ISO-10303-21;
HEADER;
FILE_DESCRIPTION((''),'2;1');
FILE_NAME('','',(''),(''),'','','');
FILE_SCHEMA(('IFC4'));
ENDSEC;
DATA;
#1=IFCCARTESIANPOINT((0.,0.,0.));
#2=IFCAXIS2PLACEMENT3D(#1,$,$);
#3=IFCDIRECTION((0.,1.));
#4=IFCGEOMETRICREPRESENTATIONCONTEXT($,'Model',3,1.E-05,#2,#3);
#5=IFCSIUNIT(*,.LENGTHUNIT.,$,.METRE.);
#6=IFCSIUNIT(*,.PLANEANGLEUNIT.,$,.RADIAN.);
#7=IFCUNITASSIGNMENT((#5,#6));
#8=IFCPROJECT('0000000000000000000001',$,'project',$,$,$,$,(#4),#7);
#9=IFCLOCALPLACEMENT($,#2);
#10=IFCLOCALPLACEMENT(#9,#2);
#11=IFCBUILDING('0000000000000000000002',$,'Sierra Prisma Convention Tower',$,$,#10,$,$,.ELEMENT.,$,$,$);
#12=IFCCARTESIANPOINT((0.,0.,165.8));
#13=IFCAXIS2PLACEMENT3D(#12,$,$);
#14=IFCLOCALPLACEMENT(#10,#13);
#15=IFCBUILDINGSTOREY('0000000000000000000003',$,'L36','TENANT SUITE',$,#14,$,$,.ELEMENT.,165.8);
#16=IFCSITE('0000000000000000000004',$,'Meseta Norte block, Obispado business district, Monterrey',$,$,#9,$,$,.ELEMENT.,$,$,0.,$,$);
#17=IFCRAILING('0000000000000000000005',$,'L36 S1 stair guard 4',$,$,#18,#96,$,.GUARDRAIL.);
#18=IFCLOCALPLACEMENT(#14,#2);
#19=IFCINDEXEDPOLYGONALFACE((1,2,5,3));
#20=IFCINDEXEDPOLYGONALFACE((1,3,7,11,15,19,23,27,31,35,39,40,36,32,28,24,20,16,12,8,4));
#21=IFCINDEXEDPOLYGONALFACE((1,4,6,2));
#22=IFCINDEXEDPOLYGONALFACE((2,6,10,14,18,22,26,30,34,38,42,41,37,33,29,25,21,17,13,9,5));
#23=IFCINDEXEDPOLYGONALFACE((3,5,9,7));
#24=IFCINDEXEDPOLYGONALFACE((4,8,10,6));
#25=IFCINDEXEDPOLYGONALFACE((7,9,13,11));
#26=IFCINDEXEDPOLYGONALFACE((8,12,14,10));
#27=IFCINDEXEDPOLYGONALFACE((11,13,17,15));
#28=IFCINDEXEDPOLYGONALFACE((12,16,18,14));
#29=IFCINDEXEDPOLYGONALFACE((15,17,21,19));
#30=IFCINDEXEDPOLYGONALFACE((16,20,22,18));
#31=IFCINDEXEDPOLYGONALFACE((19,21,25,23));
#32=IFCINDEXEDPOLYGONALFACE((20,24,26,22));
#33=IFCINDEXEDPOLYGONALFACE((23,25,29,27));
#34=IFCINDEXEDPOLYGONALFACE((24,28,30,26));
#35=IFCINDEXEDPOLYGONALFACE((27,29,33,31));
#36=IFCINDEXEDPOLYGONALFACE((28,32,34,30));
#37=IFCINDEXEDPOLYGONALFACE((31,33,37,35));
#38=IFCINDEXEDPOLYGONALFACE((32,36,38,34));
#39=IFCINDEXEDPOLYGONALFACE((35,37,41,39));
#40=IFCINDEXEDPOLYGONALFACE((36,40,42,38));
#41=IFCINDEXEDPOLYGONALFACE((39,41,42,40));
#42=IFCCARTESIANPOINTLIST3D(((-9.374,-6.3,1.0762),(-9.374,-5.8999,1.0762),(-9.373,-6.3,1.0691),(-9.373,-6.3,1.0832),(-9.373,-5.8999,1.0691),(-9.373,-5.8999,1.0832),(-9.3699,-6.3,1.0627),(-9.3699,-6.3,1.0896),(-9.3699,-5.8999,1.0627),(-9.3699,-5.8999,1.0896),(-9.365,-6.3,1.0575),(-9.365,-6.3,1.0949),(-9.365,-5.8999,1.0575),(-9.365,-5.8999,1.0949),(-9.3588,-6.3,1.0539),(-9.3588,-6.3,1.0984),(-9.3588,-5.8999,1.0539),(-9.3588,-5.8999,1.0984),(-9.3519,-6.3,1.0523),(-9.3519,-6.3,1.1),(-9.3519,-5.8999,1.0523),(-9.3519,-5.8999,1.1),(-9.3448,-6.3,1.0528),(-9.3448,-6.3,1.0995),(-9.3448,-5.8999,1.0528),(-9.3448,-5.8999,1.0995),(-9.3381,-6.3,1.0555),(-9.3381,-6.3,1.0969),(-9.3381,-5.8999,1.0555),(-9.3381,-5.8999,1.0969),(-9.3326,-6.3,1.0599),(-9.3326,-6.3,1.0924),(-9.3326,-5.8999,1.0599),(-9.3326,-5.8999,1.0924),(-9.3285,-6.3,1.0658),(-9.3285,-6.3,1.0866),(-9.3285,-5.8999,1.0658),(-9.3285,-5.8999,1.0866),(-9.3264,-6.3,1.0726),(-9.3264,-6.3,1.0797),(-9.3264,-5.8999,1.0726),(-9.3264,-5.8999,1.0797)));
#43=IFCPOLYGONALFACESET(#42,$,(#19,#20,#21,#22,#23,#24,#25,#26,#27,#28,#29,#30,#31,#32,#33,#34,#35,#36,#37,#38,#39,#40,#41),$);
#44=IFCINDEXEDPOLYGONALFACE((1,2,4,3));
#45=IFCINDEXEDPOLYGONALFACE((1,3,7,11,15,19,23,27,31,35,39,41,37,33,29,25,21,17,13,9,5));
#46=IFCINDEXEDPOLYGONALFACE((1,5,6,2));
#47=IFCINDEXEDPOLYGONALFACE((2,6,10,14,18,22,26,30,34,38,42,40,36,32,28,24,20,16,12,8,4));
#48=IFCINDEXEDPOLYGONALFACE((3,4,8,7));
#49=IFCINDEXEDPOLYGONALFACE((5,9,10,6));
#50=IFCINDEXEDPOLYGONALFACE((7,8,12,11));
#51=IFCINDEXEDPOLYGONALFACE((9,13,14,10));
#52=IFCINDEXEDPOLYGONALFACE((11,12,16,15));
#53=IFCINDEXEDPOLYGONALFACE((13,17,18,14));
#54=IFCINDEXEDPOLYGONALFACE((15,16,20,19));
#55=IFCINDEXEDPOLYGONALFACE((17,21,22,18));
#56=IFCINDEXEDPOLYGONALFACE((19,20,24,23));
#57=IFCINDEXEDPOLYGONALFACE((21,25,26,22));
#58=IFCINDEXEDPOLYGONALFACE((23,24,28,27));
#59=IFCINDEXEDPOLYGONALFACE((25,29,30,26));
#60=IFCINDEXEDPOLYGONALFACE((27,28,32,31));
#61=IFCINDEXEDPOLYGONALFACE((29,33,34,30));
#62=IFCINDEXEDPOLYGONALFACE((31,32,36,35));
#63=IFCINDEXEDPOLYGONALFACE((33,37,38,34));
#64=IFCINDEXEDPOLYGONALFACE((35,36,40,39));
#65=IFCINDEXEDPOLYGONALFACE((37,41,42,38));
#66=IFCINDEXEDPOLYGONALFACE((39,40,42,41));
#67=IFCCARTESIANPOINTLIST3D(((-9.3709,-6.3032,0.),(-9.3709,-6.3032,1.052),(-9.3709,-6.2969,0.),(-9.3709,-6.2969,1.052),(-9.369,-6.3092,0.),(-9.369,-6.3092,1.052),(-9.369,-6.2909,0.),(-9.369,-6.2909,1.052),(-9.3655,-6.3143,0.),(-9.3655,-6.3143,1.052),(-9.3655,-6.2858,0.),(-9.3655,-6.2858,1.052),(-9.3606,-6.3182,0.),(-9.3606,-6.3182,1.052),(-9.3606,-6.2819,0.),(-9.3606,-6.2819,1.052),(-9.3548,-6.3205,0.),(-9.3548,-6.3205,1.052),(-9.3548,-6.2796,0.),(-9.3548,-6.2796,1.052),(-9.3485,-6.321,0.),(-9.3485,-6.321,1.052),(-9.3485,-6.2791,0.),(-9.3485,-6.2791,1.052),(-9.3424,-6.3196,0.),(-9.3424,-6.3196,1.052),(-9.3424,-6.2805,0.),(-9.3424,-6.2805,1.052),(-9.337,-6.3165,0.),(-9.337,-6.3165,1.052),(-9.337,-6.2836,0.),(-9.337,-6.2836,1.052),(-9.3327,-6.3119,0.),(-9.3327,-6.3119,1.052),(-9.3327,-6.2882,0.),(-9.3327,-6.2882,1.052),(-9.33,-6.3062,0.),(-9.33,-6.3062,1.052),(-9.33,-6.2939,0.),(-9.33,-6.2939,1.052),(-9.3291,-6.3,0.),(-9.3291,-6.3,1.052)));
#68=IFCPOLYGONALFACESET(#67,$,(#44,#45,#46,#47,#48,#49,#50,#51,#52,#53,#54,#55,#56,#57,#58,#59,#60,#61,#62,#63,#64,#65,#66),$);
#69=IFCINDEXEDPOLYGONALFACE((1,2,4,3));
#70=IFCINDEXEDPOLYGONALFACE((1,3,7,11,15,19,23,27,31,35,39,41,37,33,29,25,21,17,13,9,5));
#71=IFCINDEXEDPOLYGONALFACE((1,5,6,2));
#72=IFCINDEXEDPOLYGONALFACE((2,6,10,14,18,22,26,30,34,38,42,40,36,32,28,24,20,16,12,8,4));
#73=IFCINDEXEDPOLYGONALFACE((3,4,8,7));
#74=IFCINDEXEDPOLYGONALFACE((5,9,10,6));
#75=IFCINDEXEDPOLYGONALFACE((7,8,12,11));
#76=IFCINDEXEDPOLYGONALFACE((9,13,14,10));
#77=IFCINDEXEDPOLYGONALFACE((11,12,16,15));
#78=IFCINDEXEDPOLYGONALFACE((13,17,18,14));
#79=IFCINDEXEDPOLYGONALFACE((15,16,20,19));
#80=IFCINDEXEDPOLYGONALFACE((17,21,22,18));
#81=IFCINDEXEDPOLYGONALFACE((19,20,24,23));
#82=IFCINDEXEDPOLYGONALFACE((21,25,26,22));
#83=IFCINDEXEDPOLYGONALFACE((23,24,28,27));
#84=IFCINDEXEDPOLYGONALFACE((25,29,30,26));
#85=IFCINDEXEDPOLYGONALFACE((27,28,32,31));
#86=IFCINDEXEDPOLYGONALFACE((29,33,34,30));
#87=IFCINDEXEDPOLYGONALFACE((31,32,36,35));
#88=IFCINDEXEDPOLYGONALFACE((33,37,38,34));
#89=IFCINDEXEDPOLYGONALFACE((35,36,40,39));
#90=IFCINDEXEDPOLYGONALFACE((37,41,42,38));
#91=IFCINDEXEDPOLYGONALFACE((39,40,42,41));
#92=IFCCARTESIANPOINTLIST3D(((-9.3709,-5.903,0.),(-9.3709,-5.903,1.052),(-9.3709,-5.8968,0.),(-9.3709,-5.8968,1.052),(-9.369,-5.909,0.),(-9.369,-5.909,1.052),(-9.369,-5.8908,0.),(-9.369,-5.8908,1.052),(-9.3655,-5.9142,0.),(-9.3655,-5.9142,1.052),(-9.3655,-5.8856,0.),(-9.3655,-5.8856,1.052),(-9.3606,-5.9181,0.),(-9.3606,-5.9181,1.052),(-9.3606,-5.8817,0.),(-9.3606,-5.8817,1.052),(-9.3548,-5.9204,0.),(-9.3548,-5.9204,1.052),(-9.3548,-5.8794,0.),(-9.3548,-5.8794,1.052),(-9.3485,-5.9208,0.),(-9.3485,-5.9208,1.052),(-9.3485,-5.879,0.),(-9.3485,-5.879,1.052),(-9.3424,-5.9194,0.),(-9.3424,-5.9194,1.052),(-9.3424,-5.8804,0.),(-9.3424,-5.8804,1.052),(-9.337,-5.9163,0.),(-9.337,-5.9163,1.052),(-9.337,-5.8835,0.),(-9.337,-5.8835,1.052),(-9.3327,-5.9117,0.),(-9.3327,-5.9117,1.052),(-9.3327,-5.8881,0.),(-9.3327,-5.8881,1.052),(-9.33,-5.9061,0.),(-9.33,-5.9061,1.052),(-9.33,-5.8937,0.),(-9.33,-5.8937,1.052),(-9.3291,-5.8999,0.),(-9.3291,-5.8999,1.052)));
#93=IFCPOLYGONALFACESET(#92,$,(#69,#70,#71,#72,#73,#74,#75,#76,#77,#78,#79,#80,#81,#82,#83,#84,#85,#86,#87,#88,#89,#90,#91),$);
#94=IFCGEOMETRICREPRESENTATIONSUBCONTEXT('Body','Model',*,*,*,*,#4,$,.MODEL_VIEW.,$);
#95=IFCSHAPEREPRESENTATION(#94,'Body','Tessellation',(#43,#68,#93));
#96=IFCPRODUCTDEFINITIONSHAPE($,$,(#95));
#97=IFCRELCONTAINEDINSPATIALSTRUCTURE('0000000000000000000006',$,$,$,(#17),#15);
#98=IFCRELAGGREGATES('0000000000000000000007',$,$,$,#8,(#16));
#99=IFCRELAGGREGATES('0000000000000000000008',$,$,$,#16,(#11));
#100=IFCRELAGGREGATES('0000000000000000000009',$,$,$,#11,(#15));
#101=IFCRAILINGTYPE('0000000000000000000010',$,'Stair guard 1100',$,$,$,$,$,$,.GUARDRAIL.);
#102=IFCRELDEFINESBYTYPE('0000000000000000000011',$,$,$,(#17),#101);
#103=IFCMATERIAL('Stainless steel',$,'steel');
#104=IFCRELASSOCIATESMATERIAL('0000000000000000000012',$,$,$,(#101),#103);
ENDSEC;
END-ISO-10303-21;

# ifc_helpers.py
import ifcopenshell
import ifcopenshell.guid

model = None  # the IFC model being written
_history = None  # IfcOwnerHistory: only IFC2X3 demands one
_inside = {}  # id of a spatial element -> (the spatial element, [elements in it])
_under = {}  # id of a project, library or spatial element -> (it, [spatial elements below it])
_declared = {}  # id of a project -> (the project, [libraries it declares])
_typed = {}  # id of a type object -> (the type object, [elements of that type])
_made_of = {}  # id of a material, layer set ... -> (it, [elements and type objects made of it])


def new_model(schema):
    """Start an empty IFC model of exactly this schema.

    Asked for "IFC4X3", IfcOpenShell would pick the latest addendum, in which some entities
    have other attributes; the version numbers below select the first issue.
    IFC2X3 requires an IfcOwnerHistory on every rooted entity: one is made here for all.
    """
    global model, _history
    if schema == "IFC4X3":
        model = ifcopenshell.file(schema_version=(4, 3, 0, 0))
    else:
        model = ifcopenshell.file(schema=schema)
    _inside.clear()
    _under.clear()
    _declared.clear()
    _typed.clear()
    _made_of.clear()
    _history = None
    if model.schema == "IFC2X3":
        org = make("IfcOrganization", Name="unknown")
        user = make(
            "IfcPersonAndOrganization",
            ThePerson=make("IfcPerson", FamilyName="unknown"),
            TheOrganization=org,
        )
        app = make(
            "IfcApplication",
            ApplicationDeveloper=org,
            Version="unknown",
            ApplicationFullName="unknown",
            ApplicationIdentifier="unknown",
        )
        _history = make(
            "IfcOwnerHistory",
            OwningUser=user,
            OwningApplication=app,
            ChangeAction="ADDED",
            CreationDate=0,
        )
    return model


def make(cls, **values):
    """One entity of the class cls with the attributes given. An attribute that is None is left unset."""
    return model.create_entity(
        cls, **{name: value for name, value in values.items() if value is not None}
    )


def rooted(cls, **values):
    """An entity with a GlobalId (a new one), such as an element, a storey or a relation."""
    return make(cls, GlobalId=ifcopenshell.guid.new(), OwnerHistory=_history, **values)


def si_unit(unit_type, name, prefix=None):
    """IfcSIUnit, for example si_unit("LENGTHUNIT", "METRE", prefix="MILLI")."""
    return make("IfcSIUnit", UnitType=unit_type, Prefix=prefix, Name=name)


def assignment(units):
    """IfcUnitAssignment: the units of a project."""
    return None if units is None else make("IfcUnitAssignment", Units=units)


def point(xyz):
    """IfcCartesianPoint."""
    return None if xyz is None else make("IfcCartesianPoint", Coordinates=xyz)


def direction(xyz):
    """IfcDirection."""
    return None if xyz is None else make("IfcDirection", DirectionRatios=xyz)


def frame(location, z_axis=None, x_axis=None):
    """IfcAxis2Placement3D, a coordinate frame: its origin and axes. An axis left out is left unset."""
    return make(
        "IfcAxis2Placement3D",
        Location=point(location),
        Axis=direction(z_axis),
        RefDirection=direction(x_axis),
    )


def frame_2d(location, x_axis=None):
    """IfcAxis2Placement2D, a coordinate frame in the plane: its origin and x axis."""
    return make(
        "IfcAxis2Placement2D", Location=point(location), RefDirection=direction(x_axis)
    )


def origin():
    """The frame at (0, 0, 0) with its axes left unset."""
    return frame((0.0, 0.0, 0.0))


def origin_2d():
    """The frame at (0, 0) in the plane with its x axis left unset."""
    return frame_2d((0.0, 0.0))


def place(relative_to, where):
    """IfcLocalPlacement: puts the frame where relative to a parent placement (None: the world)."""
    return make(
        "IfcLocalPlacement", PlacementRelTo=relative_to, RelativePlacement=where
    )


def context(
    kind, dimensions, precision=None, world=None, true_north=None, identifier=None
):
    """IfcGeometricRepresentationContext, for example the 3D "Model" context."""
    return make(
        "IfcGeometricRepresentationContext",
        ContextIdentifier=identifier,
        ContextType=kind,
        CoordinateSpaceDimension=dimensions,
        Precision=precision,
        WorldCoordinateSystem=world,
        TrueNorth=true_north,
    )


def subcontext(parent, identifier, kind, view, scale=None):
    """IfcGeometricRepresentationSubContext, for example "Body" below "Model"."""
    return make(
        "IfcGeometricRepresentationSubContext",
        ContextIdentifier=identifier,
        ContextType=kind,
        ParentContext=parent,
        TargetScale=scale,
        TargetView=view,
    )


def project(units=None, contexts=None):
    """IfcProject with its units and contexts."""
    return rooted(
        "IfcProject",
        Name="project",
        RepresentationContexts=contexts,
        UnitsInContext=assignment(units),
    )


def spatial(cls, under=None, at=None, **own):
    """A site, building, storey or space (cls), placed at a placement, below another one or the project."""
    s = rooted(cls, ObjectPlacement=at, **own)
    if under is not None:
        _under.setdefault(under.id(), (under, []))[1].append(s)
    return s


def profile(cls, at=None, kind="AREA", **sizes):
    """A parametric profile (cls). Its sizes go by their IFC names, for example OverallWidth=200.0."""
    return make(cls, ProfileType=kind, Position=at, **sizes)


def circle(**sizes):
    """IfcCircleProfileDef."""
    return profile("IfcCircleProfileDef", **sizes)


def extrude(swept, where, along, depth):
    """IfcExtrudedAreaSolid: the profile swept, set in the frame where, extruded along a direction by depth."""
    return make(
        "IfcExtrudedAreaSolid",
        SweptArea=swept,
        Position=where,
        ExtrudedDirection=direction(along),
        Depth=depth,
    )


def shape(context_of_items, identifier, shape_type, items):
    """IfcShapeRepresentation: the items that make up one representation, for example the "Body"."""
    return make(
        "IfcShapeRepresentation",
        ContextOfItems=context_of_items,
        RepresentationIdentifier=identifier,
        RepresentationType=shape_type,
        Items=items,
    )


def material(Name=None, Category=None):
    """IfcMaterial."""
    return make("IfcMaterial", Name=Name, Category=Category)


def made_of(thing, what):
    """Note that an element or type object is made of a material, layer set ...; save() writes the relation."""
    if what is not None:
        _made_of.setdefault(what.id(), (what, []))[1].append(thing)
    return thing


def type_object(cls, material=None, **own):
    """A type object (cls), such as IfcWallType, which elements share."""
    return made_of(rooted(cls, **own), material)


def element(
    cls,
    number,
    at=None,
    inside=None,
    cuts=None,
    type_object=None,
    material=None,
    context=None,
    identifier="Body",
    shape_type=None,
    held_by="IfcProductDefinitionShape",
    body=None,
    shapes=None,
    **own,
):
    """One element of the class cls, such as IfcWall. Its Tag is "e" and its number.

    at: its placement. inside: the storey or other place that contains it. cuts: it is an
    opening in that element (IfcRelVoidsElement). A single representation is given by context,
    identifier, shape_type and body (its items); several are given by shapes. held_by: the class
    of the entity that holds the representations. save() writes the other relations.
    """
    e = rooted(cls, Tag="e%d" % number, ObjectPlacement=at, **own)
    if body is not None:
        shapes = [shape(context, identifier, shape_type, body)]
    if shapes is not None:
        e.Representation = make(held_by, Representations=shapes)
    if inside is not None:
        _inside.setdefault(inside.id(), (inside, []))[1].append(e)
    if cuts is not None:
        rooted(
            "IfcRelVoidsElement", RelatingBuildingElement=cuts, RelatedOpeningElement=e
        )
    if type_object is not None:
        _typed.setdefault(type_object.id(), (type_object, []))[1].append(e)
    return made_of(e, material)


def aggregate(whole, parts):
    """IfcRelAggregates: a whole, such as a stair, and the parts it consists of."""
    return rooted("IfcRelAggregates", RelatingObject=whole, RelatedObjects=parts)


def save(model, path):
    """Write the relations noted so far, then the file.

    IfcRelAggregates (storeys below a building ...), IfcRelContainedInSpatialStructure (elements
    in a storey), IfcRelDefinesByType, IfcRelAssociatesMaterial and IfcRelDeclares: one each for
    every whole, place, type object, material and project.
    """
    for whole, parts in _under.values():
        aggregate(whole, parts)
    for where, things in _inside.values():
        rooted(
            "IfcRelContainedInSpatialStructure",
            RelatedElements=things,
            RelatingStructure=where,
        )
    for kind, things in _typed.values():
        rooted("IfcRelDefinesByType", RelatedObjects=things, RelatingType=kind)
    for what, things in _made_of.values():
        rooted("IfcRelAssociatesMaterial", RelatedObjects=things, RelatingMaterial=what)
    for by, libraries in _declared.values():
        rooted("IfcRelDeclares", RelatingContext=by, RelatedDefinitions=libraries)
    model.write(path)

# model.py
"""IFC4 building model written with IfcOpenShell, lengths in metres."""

from ifc_helpers import new_model, si_unit, direction, frame, origin, origin_2d, place, context, subcontext, project, spatial, circle, extrude, material, type_object, element, save


model = new_model("IFC4")

# Units and contexts
model_context = context("Model", 3, precision=1e-05, world=origin(), true_north=direction((0.0, 1.0)))
body_context = subcontext(model_context, "Body", "Model", "MODEL_VIEW")
ifc_project = project(units=[si_unit("LENGTHUNIT", "METRE"), si_unit("PLANEANGLEUNIT", "RADIAN")], contexts=[model_context])

# Site, building, storey
site_placement = place(None, origin())
site = spatial("IfcSite", under=ifc_project, at=site_placement, Name="Meseta Norte block, Obispado business district, Monterrey", CompositionType="ELEMENT", RefElevation=0.0)
building_placement = place(site_placement, origin())
building = spatial("IfcBuilding", under=site, at=building_placement, Name="Sierra Prisma Convention Tower", CompositionType="ELEMENT")
storey_placement = place(building_placement, frame((0.0, 0.0, 165.8)))
storey = spatial("IfcBuildingStorey", under=building, at=storey_placement, Name="L36", Description="TENANT SUITE", CompositionType="ELEMENT", Elevation=165.8)

# Railing
ifc_material_1 = material(Name="Stainless steel", Category="steel")
railing_type_1 = type_object("IfcRailingType", Name="Stair guard 1100", PredefinedType="GUARDRAIL", material=ifc_material_1)
railing_1_placement = place(storey_placement, frame((-9.3501, -6.3, 0.0)))
element("IfcRailing", 1, at=railing_1_placement, inside=storey, type_object=railing_type_1, Name="L36 S1 stair guard 4", PredefinedType="GUARDRAIL", context=body_context, shape_type="SweptSolid", body=[
    extrude(circle(Radius=0.0239, at=origin_2d()), frame((0.0, 0.0, 1.0762), z_axis=(0.0, 1.0, 0.0), x_axis=(-1.0, 0.0, 0.0)), (0.0, 0.0, 1.0), 0.4001),
    extrude(circle(Radius=0.021, at=origin_2d()), origin(), (0.0, 0.0, 1.0), 1.052),
    extrude(circle(Radius=0.021, at=origin_2d()), frame((0.0, 0.4001, 0.0)), (0.0, 0.0, 1.0), 1.052),
])

save(model, "model.ifc")
